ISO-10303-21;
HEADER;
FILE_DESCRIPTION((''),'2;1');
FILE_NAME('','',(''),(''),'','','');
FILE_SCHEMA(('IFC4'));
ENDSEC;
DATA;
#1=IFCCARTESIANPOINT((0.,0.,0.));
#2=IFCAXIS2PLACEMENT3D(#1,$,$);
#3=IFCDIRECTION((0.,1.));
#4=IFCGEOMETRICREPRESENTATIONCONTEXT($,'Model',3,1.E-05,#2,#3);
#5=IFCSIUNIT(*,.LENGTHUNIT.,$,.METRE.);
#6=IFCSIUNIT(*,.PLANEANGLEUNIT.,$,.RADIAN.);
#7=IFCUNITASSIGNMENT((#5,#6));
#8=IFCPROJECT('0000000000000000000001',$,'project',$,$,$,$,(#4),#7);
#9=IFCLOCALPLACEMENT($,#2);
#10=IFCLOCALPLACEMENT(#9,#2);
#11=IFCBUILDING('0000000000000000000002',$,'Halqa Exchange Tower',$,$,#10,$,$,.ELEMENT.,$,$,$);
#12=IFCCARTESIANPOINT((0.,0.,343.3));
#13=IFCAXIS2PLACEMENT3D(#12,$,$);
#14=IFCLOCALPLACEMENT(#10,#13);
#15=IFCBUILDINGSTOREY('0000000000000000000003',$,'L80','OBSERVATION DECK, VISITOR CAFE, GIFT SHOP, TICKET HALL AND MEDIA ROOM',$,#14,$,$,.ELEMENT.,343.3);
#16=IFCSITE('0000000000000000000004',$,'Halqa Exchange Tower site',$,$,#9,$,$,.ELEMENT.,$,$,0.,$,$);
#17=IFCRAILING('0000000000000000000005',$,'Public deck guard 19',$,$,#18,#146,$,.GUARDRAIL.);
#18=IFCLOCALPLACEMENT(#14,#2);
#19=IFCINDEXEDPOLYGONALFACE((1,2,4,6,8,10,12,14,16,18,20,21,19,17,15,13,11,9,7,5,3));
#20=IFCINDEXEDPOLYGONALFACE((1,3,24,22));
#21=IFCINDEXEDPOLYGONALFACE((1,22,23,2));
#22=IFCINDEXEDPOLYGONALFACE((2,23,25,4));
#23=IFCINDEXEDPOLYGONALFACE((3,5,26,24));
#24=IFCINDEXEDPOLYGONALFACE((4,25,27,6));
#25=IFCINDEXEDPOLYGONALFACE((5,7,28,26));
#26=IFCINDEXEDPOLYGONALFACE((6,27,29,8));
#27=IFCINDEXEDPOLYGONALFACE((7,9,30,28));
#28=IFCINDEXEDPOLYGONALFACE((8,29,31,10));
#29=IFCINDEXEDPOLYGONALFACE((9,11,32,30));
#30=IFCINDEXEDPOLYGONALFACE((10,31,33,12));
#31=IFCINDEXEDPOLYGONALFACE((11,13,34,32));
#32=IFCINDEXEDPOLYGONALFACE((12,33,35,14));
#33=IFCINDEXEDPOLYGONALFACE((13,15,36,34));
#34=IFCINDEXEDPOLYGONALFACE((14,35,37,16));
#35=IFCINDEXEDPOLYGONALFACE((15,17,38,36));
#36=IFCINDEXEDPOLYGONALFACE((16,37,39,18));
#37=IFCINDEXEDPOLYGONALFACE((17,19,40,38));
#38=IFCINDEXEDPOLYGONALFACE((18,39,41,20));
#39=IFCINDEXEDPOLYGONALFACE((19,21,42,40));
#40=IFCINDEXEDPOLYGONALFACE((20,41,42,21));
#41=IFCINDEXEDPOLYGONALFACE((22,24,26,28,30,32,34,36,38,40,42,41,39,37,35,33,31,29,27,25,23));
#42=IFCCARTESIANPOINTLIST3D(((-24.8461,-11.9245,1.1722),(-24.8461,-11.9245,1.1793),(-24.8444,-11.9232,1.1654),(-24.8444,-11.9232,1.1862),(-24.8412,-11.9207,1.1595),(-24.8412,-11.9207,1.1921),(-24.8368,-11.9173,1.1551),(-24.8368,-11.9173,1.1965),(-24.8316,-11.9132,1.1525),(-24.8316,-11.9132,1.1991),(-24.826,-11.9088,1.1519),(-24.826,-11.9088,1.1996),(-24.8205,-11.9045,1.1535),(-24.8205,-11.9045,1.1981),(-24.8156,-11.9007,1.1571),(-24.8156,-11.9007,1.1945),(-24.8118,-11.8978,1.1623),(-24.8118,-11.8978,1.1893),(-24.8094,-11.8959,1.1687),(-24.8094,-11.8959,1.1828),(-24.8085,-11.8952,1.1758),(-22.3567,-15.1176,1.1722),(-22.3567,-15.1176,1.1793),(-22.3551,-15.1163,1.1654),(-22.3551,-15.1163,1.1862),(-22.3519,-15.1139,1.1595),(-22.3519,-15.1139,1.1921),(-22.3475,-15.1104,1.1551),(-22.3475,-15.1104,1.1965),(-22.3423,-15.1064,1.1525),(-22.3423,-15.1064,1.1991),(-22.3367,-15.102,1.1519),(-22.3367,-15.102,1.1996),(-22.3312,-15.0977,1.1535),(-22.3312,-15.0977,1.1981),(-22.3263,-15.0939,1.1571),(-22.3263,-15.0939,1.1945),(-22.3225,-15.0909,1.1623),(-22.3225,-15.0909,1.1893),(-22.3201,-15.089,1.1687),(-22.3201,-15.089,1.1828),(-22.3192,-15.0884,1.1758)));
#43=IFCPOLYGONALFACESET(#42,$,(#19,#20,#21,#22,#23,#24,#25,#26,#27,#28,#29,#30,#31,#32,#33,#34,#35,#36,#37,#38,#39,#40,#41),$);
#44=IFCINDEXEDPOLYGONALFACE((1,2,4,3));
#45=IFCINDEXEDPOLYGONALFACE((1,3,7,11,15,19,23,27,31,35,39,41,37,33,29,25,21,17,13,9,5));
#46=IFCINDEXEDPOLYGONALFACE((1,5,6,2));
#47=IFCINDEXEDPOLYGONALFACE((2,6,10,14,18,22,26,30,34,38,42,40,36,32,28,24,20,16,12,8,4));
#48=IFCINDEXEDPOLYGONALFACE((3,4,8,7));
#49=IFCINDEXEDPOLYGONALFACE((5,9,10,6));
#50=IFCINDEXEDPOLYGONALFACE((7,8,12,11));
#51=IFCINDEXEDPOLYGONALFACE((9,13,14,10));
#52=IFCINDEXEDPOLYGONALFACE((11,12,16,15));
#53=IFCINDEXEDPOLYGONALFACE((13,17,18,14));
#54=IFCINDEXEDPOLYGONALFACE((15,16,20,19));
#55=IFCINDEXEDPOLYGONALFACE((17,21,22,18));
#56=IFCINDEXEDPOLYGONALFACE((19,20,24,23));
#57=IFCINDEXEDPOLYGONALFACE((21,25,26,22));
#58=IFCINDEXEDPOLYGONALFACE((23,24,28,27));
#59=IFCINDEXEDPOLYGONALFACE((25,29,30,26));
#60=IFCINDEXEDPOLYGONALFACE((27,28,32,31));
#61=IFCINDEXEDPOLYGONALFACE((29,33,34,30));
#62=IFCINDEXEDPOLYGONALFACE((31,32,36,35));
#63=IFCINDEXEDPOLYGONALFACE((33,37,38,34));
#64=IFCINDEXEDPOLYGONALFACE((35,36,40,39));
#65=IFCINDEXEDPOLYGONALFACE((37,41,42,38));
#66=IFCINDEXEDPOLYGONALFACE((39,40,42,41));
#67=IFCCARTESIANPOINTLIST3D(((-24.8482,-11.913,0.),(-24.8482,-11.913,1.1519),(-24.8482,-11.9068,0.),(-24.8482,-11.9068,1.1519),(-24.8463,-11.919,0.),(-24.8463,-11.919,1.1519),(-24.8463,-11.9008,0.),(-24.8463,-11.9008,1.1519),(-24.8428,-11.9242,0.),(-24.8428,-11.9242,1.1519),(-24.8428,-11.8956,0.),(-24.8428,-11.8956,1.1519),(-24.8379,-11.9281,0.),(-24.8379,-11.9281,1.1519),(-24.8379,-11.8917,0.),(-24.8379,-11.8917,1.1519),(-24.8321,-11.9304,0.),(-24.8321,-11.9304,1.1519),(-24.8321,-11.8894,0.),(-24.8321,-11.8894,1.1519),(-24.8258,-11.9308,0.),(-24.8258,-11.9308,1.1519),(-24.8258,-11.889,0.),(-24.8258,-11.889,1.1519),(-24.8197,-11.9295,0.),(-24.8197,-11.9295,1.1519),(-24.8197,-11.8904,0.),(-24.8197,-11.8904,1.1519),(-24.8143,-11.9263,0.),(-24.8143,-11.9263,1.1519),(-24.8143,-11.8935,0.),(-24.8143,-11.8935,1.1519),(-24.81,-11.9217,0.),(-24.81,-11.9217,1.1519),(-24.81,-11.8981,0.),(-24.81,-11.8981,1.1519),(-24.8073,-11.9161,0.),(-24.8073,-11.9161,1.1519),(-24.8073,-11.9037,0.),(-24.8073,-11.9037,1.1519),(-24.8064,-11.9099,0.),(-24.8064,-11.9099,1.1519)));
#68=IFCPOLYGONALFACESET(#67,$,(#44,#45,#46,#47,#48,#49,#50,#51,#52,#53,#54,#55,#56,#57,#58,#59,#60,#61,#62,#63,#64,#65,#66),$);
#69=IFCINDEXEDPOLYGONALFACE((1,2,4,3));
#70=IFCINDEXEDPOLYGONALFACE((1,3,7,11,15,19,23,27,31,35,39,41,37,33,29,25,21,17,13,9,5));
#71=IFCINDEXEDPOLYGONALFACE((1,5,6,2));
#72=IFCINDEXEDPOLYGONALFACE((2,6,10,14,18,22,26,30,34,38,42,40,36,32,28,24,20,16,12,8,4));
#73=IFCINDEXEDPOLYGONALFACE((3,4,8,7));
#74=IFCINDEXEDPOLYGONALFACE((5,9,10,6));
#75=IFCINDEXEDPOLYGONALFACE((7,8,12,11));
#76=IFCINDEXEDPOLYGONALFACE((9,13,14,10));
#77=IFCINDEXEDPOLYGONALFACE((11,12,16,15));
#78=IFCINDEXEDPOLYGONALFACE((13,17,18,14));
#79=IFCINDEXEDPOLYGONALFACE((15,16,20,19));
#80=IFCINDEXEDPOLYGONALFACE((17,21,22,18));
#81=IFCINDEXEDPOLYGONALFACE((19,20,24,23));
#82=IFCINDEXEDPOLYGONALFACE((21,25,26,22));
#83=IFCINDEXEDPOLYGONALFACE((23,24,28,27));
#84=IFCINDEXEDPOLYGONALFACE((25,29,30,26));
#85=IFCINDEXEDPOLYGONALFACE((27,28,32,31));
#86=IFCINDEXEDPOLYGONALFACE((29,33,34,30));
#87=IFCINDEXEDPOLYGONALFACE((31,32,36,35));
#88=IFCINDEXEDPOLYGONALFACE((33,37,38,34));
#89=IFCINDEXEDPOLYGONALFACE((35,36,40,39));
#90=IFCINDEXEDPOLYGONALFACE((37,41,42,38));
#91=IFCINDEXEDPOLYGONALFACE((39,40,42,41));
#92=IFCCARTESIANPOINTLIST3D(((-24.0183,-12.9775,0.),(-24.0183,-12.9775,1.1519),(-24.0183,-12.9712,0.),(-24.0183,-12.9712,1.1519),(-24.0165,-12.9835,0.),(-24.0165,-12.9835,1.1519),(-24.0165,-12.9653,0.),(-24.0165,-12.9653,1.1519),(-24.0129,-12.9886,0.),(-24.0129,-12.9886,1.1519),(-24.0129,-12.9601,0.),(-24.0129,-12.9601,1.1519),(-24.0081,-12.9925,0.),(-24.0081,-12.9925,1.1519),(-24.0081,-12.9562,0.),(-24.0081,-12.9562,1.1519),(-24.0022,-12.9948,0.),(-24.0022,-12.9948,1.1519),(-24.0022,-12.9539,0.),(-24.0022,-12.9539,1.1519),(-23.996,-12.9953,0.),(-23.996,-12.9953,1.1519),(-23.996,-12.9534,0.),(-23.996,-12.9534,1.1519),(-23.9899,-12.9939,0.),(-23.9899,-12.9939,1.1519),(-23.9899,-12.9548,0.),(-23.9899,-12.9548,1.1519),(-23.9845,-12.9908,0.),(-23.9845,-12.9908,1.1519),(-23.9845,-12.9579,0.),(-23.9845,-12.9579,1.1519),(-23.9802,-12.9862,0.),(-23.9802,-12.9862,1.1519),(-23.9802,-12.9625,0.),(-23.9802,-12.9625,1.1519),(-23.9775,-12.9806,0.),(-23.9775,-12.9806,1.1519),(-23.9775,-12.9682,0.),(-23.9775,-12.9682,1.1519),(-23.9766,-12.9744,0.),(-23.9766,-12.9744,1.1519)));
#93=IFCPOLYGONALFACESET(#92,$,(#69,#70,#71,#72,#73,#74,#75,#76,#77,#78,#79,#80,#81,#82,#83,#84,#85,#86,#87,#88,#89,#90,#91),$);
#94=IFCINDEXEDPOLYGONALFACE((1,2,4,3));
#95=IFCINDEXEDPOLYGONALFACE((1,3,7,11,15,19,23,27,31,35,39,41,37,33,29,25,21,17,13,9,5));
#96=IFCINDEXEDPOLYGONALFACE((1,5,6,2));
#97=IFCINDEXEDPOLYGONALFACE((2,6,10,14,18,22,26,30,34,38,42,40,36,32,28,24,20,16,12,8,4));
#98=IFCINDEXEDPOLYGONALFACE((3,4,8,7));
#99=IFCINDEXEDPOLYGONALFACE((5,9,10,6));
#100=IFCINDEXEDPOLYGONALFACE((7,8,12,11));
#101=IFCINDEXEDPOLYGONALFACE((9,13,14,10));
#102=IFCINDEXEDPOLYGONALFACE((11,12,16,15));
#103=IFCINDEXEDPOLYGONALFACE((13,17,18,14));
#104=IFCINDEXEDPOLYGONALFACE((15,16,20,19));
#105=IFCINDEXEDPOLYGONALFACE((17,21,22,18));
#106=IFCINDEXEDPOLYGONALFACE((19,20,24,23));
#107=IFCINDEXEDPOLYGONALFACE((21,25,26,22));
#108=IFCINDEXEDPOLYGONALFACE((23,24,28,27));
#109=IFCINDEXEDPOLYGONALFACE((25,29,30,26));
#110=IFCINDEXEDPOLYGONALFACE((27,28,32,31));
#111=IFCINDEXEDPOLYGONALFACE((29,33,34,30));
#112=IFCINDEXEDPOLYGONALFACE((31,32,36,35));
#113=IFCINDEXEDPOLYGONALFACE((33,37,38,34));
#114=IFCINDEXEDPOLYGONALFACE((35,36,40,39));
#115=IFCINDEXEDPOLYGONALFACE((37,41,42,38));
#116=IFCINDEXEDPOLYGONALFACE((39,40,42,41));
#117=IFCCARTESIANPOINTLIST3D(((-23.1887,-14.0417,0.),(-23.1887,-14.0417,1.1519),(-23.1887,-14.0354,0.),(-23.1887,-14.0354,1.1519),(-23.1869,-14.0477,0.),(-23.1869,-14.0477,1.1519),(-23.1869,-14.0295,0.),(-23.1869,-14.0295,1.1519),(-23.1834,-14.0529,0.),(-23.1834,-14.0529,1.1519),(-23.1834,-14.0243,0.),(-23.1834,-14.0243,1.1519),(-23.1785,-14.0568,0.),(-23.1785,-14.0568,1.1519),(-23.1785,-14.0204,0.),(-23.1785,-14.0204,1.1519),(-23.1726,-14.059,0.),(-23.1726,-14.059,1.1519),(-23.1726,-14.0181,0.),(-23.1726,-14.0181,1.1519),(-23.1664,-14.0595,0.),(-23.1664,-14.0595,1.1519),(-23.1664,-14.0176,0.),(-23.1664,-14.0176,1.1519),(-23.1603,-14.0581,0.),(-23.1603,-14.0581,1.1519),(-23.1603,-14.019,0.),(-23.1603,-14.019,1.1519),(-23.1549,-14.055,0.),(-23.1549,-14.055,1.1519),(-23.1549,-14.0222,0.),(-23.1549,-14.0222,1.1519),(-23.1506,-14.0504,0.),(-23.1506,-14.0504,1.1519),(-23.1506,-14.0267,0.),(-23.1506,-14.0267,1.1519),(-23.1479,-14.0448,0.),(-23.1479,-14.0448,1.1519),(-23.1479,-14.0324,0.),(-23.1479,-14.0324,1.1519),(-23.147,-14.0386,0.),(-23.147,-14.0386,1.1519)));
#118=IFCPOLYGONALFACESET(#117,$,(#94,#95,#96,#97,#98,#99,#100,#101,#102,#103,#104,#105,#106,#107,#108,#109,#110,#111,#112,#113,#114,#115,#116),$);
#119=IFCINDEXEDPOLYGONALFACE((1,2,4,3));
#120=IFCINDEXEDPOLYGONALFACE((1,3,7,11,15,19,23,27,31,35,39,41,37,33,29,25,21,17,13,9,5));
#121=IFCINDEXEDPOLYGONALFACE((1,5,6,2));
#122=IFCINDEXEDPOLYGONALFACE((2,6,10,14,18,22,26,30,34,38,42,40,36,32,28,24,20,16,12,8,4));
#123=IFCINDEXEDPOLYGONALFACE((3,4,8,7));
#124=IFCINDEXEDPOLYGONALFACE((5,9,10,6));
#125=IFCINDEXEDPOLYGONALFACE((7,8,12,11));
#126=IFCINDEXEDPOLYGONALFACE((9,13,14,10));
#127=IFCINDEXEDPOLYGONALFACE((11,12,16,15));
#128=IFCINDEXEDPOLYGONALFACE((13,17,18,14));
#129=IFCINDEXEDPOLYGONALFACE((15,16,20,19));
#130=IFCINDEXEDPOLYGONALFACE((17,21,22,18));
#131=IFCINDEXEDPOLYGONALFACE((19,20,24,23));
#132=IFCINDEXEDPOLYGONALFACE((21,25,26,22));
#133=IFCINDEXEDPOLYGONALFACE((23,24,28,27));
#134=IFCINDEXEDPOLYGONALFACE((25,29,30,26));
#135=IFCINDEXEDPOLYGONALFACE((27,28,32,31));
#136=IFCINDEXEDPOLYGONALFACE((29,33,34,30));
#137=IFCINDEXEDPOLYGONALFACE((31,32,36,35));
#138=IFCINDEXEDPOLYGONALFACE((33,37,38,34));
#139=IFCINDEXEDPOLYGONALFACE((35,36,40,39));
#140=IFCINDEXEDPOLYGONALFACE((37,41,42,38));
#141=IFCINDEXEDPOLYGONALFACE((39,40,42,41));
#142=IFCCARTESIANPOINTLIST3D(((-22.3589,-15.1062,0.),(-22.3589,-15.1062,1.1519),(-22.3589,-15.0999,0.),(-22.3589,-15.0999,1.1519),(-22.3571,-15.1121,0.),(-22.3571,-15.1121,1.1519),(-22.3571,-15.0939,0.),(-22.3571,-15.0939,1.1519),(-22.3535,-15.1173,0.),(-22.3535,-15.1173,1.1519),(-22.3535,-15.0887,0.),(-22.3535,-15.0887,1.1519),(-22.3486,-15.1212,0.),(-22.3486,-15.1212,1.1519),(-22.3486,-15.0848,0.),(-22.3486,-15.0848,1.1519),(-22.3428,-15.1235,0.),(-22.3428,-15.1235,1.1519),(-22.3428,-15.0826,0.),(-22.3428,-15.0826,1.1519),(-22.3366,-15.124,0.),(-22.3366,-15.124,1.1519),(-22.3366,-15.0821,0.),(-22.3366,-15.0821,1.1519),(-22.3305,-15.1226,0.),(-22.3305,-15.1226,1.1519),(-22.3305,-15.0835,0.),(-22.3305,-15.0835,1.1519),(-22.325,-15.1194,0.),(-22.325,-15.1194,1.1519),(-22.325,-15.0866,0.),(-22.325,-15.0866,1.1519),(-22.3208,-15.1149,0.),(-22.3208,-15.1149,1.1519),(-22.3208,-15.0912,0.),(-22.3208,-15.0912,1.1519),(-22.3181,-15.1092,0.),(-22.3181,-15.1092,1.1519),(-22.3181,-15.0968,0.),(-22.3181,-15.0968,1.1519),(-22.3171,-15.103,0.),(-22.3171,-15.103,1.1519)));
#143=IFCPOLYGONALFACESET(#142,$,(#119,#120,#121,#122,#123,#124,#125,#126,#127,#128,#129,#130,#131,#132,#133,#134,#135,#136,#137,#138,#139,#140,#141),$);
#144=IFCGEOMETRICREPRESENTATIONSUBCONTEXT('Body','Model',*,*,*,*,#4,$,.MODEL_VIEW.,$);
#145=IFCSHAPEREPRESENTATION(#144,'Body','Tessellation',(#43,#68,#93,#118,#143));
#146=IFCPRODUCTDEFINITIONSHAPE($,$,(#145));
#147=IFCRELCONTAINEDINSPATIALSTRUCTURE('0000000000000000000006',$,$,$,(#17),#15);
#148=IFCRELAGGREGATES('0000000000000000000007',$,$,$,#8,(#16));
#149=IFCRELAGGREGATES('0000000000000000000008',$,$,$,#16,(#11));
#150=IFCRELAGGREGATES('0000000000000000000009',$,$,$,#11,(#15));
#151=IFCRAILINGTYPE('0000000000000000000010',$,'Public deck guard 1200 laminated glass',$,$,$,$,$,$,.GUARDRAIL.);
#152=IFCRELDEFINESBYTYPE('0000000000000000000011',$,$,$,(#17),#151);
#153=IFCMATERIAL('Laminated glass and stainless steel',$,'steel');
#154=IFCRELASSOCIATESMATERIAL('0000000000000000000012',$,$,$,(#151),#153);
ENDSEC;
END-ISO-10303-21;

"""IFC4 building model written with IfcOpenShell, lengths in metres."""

from ifc_helpers import new_model, si_unit, direction, frame, origin, origin_2d, place, context, subcontext, project, spatial, circle, extrude, material, type_object, element, save


model = new_model("IFC4")

# Units and contexts
model_context = context("Model", 3, precision=1e-05, world=origin(), true_north=direction((0.0, 1.0)))
body_context = subcontext(model_context, "Body", "Model", "MODEL_VIEW")
ifc_project = project(units=[si_unit("LENGTHUNIT", "METRE"), si_unit("PLANEANGLEUNIT", "RADIAN")], contexts=[model_context])

# Site, building, storey
site_placement = place(None, origin())
site = spatial("IfcSite", under=ifc_project, at=site_placement, Name="Halqa Exchange Tower site", CompositionType="ELEMENT", RefElevation=0.0)
building_placement = place(site_placement, origin())
building = spatial("IfcBuilding", under=site, at=building_placement, Name="Halqa Exchange Tower", CompositionType="ELEMENT")
storey_placement = place(building_placement, frame((0.0, 0.0, 343.3)))
storey = spatial("IfcBuildingStorey", under=building, at=storey_placement, Name="L80", Description="OBSERVATION DECK, VISITOR CAFE, GIFT SHOP, TICKET HALL AND MEDIA ROOM", CompositionType="ELEMENT", Elevation=343.3)

# Railing
ifc_material_1 = material(Name="Laminated glass and stainless steel", Category="steel")
railing_type = type_object("IfcRailingType", Name="Public deck guard 1200 laminated glass", PredefinedType="GUARDRAIL", material=ifc_material_1)
railing_1_placement = place(storey_placement, frame((-24.8274, -11.9099, 0.0)))
element("IfcRailing", 1, at=railing_1_placement, inside=storey, type_object=railing_type, Name="Public deck guard 19", PredefinedType="GUARDRAIL", context=body_context, shape_type="SweptSolid", body=[
    extrude(circle(Radius=0.0239, at=origin_2d()), frame((0.0, 0.0, 1.1758), z_axis=(0.614821, -0.788667, 0.0), x_axis=(0.788667, 0.614821, 0.0)), (0.0, 0.0, 1.0), 4.0488),
    extrude(circle(Radius=0.021, at=origin_2d()), origin(), (0.0, 0.0, 1.0), 1.1519),
    extrude(circle(Radius=0.021, at=origin_2d()), frame((0.8298, -1.0645, 0.0)), (0.0, 0.0, 1.0), 1.1519),
    extrude(circle(Radius=0.021, at=origin_2d()), frame((1.6594, -2.1287, 0.0)), (0.0, 0.0, 1.0), 1.1519),
    extrude(circle(Radius=0.021, at=origin_2d()), frame((2.4893, -3.1931, 0.0)), (0.0, 0.0, 1.0), 1.1519),
])

save(model, "model.ifc")
